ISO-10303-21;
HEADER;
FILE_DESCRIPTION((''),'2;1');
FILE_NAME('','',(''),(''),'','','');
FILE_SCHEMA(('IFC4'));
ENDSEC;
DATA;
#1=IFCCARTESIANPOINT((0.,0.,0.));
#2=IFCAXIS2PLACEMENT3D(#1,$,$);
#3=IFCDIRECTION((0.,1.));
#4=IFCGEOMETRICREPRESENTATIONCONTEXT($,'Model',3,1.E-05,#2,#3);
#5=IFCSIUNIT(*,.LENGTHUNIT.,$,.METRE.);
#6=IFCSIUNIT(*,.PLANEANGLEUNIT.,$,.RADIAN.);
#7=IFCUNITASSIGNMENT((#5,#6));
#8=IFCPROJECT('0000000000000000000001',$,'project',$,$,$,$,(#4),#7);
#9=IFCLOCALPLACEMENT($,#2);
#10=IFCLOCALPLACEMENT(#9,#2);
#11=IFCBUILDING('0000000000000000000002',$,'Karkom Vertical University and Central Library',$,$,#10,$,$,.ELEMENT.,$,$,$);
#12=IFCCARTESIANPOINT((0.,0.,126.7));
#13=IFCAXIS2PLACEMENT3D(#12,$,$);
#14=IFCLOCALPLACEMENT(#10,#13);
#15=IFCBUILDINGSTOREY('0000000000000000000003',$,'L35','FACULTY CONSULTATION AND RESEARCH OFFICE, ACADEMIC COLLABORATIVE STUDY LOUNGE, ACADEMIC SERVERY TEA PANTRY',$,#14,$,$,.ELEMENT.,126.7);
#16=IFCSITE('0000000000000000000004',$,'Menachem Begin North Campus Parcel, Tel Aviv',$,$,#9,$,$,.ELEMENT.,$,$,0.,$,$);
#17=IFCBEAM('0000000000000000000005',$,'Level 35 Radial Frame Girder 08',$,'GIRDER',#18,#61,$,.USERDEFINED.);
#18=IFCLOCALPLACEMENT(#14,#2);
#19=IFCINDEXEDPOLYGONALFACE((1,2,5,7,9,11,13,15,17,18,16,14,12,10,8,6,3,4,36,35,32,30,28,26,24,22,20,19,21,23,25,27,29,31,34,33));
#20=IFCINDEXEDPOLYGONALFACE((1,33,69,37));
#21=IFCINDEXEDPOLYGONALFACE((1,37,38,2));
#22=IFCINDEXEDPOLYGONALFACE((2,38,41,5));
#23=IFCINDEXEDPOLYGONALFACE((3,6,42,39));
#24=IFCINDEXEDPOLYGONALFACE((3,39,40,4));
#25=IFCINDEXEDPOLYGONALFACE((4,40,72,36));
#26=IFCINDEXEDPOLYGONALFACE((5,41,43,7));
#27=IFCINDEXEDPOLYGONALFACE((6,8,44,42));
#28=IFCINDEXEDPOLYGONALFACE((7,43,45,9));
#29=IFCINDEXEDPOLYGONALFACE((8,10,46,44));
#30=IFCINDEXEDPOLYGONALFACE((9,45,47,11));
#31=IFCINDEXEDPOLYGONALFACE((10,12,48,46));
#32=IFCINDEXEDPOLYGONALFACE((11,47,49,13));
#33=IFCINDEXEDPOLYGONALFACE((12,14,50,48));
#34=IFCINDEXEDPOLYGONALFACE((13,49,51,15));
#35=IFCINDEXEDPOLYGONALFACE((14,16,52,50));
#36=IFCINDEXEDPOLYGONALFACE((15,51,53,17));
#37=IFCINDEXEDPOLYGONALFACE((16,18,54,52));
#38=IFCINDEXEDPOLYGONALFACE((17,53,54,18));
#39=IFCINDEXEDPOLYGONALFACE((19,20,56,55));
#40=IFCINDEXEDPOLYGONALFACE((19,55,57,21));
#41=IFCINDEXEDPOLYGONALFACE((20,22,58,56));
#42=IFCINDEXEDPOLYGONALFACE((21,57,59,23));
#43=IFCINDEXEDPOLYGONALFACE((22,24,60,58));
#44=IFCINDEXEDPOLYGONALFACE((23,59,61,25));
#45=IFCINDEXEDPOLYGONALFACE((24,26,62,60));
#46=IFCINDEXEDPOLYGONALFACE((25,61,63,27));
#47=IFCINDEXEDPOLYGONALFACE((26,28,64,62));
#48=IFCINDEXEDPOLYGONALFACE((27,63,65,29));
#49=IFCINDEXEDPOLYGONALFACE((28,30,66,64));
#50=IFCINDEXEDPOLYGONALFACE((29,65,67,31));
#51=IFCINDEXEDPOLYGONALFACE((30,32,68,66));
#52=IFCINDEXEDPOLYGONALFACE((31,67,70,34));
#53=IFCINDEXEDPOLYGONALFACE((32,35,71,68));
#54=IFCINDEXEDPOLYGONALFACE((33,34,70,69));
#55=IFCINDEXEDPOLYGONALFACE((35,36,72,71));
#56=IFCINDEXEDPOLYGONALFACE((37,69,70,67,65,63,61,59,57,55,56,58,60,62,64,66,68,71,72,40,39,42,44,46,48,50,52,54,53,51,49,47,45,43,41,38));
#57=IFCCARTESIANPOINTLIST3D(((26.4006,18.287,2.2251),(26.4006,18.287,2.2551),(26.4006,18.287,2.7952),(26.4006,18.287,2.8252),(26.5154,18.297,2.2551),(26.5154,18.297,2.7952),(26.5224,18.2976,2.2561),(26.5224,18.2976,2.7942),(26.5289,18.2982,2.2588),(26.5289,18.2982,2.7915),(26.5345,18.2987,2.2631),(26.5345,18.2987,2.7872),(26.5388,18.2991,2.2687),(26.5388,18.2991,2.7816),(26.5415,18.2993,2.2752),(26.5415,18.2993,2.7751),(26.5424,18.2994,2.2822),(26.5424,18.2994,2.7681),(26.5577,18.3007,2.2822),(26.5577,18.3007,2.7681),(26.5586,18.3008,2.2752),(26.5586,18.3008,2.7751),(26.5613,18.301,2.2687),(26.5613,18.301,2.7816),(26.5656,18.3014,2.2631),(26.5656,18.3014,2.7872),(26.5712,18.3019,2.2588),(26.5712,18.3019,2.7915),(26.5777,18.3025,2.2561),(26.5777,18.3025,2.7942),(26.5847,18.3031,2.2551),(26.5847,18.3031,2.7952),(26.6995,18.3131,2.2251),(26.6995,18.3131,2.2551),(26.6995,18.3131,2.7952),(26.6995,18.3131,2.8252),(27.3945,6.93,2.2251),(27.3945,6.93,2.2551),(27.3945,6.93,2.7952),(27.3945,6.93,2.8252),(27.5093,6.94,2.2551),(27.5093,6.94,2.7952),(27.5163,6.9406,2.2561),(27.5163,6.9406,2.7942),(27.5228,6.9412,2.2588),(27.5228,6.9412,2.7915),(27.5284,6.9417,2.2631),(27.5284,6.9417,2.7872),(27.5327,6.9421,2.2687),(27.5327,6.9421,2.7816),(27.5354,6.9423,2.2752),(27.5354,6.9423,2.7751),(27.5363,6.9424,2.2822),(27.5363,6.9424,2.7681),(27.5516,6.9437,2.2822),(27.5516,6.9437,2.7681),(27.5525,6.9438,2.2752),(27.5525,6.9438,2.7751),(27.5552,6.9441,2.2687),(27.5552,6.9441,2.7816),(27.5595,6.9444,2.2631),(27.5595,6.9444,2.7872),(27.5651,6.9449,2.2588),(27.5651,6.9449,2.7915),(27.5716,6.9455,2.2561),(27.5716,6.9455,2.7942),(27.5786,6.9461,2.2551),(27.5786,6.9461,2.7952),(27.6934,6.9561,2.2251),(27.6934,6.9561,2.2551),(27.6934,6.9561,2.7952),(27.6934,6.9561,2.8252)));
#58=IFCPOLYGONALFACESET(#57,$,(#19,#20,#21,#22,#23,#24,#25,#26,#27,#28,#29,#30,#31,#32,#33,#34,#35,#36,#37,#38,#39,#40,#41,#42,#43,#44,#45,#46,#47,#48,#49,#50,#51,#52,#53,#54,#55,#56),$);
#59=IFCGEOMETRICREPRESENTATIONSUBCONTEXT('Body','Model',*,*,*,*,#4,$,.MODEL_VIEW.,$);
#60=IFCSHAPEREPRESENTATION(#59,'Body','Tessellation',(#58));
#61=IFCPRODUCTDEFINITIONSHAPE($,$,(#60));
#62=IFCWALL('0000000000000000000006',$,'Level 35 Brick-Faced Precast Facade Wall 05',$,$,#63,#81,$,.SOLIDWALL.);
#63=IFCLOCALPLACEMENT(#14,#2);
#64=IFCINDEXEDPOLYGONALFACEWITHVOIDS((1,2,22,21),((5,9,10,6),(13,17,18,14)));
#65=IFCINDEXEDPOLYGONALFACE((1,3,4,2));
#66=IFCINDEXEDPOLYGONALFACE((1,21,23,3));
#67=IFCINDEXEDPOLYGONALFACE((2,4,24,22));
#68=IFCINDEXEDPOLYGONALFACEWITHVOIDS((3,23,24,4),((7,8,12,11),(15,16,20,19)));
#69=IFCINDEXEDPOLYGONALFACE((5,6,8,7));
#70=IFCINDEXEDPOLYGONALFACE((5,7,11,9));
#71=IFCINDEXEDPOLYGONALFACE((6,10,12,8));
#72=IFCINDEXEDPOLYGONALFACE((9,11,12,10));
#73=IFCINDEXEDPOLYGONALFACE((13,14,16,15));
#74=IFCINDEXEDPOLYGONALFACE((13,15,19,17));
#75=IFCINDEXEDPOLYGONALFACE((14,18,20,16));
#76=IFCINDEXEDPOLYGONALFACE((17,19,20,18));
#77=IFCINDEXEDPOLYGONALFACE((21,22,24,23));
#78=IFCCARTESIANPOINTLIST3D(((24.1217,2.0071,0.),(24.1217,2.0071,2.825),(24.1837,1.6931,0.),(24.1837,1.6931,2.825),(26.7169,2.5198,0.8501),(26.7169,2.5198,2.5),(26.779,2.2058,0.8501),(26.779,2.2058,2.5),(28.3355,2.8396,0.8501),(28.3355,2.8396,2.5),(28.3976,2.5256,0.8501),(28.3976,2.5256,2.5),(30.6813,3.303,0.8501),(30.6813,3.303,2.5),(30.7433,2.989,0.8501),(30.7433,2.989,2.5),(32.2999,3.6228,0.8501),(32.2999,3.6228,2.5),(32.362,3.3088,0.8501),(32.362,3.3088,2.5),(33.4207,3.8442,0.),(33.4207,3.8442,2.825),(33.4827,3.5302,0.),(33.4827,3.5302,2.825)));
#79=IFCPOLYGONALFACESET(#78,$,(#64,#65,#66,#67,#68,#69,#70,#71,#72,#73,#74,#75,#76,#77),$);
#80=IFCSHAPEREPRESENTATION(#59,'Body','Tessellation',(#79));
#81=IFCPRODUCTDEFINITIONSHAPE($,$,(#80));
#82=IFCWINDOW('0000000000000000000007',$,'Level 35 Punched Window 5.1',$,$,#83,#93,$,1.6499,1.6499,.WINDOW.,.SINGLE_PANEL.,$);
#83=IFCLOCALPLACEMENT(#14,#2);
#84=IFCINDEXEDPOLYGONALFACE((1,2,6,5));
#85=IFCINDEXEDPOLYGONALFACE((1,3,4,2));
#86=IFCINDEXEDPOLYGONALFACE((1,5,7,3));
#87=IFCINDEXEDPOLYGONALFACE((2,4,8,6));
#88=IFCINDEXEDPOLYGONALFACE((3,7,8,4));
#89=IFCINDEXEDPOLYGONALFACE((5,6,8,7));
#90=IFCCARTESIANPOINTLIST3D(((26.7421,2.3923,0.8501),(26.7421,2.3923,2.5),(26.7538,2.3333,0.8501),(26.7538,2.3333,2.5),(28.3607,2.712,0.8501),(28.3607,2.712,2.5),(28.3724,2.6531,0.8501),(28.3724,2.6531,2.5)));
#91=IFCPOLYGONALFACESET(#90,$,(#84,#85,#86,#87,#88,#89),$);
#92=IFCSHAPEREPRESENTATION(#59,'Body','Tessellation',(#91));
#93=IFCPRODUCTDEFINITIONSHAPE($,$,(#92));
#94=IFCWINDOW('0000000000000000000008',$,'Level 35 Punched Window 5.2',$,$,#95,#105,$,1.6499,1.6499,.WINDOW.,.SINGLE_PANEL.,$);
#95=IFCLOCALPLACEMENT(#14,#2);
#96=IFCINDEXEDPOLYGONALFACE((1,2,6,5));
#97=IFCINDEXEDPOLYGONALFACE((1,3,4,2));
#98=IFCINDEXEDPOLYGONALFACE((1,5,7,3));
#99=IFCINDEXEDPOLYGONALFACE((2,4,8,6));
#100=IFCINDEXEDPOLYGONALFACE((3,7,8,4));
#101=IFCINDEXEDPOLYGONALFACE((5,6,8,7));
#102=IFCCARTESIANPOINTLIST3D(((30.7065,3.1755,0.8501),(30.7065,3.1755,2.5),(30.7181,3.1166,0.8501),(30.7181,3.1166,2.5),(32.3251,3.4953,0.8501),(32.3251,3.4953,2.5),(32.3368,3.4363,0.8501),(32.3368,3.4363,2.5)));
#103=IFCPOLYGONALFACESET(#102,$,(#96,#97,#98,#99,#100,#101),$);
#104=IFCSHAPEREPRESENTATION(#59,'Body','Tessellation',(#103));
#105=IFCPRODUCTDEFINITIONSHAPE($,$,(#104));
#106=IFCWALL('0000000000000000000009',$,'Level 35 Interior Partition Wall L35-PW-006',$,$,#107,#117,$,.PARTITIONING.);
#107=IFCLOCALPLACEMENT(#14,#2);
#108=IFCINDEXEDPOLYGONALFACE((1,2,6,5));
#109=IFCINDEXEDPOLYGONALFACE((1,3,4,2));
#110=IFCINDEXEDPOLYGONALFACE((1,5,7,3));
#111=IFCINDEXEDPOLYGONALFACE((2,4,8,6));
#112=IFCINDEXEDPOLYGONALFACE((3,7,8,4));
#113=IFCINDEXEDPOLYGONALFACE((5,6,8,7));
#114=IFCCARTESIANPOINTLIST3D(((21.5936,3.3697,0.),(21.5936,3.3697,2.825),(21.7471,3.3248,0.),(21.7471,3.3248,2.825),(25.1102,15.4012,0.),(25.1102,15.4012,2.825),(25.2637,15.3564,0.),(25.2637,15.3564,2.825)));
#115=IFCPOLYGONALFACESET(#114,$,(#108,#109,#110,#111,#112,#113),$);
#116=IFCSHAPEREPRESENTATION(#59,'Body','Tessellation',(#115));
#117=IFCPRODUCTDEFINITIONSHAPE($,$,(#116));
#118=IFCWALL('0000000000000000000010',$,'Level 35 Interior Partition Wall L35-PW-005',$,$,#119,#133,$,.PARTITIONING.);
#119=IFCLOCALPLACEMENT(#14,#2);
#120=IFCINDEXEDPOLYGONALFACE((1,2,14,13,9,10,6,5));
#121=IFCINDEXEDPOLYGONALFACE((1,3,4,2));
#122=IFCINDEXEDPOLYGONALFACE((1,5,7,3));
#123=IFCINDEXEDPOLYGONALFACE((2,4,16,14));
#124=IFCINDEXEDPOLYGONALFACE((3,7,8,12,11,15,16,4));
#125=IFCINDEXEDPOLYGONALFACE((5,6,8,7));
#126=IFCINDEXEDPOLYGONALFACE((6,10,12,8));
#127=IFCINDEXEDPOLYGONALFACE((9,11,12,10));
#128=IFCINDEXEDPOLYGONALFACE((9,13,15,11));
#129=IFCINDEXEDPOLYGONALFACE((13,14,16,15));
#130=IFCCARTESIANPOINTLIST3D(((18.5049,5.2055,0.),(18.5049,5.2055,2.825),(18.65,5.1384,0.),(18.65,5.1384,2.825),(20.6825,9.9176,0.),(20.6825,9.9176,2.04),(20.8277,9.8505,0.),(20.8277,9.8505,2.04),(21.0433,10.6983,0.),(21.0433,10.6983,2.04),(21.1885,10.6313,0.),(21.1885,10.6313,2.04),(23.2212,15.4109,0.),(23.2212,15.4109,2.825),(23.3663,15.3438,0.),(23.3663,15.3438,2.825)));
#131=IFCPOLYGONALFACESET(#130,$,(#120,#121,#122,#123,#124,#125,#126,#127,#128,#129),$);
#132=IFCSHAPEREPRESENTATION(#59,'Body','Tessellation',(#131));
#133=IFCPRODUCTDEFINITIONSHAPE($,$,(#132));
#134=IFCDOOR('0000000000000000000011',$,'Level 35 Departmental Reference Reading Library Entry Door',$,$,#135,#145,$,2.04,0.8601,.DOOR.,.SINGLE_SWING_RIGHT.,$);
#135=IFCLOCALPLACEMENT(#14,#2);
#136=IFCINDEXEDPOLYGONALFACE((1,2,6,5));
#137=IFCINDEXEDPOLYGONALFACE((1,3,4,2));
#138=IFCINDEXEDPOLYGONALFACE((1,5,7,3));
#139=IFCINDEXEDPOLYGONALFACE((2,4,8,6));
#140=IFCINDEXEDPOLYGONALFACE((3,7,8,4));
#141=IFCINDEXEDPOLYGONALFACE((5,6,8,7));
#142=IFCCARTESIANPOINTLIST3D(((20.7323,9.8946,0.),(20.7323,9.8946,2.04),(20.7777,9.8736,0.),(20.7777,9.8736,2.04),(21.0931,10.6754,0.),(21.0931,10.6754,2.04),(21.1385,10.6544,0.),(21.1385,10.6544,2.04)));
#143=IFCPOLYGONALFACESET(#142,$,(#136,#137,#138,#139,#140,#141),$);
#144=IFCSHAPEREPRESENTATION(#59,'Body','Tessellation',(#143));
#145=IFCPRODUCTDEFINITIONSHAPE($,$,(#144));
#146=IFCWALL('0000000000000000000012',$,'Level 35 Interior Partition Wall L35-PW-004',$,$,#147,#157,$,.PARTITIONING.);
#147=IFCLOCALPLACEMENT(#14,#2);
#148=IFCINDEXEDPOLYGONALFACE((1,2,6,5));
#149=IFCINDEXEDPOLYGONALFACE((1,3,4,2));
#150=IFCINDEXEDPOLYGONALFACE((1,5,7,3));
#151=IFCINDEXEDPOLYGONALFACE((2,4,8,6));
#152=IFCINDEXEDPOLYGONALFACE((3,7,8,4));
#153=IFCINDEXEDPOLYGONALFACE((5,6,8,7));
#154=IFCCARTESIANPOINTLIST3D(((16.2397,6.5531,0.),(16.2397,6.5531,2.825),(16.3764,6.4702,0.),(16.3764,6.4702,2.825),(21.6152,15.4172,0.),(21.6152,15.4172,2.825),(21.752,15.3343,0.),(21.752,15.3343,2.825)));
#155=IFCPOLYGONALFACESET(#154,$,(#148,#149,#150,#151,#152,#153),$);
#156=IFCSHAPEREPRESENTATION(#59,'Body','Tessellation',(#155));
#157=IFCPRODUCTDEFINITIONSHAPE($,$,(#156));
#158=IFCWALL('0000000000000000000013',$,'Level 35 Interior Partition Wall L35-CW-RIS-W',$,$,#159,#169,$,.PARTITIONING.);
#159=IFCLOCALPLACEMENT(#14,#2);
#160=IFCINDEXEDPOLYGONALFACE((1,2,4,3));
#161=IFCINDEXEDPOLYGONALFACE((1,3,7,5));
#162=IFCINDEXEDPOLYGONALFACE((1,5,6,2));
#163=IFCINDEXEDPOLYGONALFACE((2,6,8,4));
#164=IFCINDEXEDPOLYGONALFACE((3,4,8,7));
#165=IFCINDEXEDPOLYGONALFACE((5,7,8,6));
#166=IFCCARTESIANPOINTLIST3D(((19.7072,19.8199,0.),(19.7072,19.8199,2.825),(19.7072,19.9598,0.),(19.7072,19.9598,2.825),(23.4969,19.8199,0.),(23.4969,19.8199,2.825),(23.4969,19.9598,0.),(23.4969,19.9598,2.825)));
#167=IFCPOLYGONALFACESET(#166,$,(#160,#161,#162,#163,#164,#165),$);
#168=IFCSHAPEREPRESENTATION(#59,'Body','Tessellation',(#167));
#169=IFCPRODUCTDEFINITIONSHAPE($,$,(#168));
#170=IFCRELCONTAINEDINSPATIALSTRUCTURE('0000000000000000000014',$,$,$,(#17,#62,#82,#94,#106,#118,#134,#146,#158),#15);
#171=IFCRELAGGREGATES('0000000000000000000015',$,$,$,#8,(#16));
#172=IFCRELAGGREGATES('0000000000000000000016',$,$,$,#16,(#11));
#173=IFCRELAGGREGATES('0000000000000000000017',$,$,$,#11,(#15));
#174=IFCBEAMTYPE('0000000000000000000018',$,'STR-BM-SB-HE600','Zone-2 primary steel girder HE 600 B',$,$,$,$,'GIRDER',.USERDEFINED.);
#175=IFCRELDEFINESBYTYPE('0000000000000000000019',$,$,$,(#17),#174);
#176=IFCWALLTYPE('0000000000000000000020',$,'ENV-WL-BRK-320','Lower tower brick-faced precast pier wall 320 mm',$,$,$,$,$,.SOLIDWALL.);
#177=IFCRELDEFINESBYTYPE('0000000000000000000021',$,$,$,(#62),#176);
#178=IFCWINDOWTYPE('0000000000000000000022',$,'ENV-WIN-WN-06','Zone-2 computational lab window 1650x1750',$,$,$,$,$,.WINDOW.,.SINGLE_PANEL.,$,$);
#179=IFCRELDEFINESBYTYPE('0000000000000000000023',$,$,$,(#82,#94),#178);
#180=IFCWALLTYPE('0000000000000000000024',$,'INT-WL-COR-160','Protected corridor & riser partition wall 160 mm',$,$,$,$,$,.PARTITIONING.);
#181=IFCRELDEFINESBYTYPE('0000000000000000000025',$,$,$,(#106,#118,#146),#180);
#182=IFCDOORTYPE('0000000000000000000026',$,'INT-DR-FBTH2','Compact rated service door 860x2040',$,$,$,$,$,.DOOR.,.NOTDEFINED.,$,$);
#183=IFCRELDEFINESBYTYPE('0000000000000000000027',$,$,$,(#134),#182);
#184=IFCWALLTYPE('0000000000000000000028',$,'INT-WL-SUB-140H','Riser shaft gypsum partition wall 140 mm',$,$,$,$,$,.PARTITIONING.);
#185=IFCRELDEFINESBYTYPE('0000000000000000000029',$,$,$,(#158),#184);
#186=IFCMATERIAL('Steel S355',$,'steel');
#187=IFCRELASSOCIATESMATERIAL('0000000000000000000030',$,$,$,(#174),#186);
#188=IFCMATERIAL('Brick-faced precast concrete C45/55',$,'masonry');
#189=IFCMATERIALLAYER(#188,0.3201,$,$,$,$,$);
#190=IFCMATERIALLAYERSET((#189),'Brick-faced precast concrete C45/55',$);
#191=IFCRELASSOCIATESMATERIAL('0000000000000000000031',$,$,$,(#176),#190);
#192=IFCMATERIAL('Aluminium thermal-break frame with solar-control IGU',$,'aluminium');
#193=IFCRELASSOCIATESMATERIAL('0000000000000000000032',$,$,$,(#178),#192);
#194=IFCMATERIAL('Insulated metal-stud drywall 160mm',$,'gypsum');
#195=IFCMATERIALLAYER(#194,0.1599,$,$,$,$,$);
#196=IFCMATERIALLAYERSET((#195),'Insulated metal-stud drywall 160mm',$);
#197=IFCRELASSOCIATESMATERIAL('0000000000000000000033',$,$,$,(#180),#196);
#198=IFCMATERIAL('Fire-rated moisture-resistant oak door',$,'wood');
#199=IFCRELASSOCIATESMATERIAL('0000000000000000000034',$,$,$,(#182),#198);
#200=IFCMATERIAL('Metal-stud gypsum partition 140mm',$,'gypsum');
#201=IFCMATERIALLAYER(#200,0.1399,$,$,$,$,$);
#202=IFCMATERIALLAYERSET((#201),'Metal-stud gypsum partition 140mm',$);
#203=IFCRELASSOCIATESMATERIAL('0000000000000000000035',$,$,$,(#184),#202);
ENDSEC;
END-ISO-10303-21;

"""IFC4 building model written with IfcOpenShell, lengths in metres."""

from ifc_helpers import new_model, si_unit, direction, frame, frame_2d, origin, origin_with_axes, origin_2d, place, context, subcontext, project, spatial, rectangle, i_section, extrude, source, transform, mapped, material, layer, layer_set, material_profile, profile_set, type_object, element, fill, save


model = new_model("IFC4")

# Units and contexts
model_context = context("Model", 3, precision=1e-05, world=origin(), true_north=direction((0.0, 1.0)))
body_context = subcontext(model_context, "Body", "Model", "MODEL_VIEW")
ifc_project = project(units=[si_unit("LENGTHUNIT", "METRE"), si_unit("PLANEANGLEUNIT", "RADIAN")], contexts=[model_context])

# Site, building, storey
site_placement = place(None, origin())
site = spatial("IfcSite", under=ifc_project, at=site_placement, Name="Menachem Begin North Campus Parcel, Tel Aviv", CompositionType="ELEMENT", RefElevation=0.0)
building_placement = place(site_placement, origin())
building = spatial("IfcBuilding", under=site, at=building_placement, Name="Karkom Vertical University and Central Library", CompositionType="ELEMENT")
storey_placement = place(building_placement, frame((0.0, 0.0, 126.7)))
storey = spatial("IfcBuildingStorey", under=building, at=storey_placement, Name="L35", Description="FACULTY CONSULTATION AND RESEARCH OFFICE, ACADEMIC COLLABORATIVE STUDY LOUNGE, ACADEMIC SERVERY TEA PANTRY", CompositionType="ELEMENT", Elevation=126.7)

# Beam
ifc_material_1 = material(Name="Steel S355", Category="steel")
ifc_material_profile_1 = material_profile(ifc_material_1, i_section(OverallWidth=0.3, OverallDepth=0.6001, WebThickness=0.0154, FlangeThickness=0.03, FilletRadius=0.0271, at=origin_2d()), Name="HE 600 B")
ifc_profile_set_1 = profile_set([ifc_material_profile_1], Name="Steel S355")
beam_type_1 = type_object("IfcBeamType", Name="STR-BM-SB-HE600", Description="Zone-2 primary steel girder HE 600 B", ElementType="GIRDER", PredefinedType="USERDEFINED", material=ifc_profile_set_1)
shared_shape_1 = source(origin_with_axes(), body_context, "Body", "SweptSolid", [
    extrude(i_section(OverallWidth=0.3, OverallDepth=0.6001, WebThickness=0.0154, FlangeThickness=0.03, FilletRadius=0.0271, at=origin_2d()), origin(), (0.0, 0.0, 1.0), 11.4004),
])
beam_1_placement = place(storey_placement, frame((26.55, 18.3, 2.5251), z_axis=(0.087181, -0.996192, 0.0), x_axis=(0.996192, 0.087181, 0.0)))
element("IfcBeam", 1, at=beam_1_placement, inside=storey, type_object=beam_type_1, Name="Level 35 Radial Frame Girder 08", ObjectType="GIRDER", PredefinedType="USERDEFINED", context=body_context, shape_type="MappedRepresentation", body=[
    mapped(shared_shape_1, transform((0.0, 0.0, 0.0), scale=1.0)),
])

# Wall, openings, windows
ifc_material_2 = material(Name="Brick-faced precast concrete C45/55", Category="masonry")
ifc_layer_1 = layer(ifc_material_2, 0.3201)
ifc_layer_set_1 = layer_set([ifc_layer_1], Name="Brick-faced precast concrete C45/55")
wall_type_1 = type_object("IfcWallType", Name="ENV-WL-BRK-320", Description="Lower tower brick-faced precast pier wall 320 mm", PredefinedType="SOLIDWALL", material=ifc_layer_set_1)
wall_1_placement = place(storey_placement, frame((24.1528, 1.8501, 0.0), z_axis=(0.0, 0.0, 1.0), x_axis=(0.981038, 0.193817, 0.0)))
wall_1 = element("IfcWall", 2, at=wall_1_placement, inside=storey, type_object=wall_type_1, Name="Level 35 Brick-Faced Precast Facade Wall 05", PredefinedType="SOLIDWALL", context=body_context, shape_type="SweptSolid", body=[
    extrude(rectangle(XDim=9.4788, YDim=0.3201, at=frame_2d((4.7393, 0.0))), origin(), (0.0, 0.0, 1.0), 2.825),
])
opening_1_placement = place(wall_1_placement, frame((2.6453, 0.0, 0.8501)))
opening_1 = element("IfcOpeningElement", 3, at=opening_1_placement, cuts=wall_1, PredefinedType="OPENING", context=body_context, shape_type="SweptSolid", body=[
    extrude(rectangle(XDim=1.6499, YDim=1.6499, at=frame_2d((0.825, 0.825))), frame((0.0, 0.1699, 0.0), z_axis=(0.0, -1.0, 0.0), x_axis=(1.0, 0.0, 0.0)), (0.0, 0.0, 1.0), 0.3401),
])
opening_2_placement = place(wall_1_placement, frame((6.6863, 0.0, 0.8501)))
opening_2 = element("IfcOpeningElement", 4, at=opening_2_placement, cuts=wall_1, PredefinedType="OPENING", context=body_context, shape_type="SweptSolid", body=[
    extrude(rectangle(XDim=1.6499, YDim=1.6499, at=frame_2d((0.825, 0.825))), frame((0.0, 0.1699, 0.0), z_axis=(0.0, -1.0, 0.0), x_axis=(1.0, 0.0, 0.0)), (0.0, 0.0, 1.0), 0.3401),
])
ifc_material_3 = material(Name="Aluminium thermal-break frame with solar-control IGU", Category="aluminium")
window_type = type_object("IfcWindowType", Name="ENV-WIN-WN-06", Description="Zone-2 computational lab window 1650x1750", PartitioningType="SINGLE_PANEL", PredefinedType="WINDOW", material=ifc_material_3)
shared_shape_2 = source(origin_with_axes(), body_context, "Body", "SweptSolid", [
    extrude(rectangle(XDim=1.6499, YDim=1.6499, at=frame_2d((0.825, 0.825))), frame((0.0, 0.03, 0.0), z_axis=(0.0, -1.0, 0.0), x_axis=(1.0, 0.0, 0.0)), (0.0, 0.0, 1.0), 0.0601),
])
window_1_placement = place(opening_1_placement, origin())
window_1 = element("IfcWindow", 5, at=window_1_placement, inside=storey, type_object=window_type, Name="Level 35 Punched Window 5.1", OverallHeight=1.6499, OverallWidth=1.6499, PartitioningType="SINGLE_PANEL", PredefinedType="WINDOW", context=body_context, shape_type="MappedRepresentation", body=[
    mapped(shared_shape_2, transform((0.0, 0.0, 0.0), scale=1.0)),
])
fill(opening_1, window_1)
window_2_placement = place(opening_2_placement, origin())
window_2 = element("IfcWindow", 6, at=window_2_placement, inside=storey, type_object=window_type, Name="Level 35 Punched Window 5.2", OverallHeight=1.6499, OverallWidth=1.6499, PartitioningType="SINGLE_PANEL", PredefinedType="WINDOW", context=body_context, shape_type="MappedRepresentation", body=[
    mapped(shared_shape_2, transform((0.0, 0.0, 0.0), scale=1.0)),
])
fill(opening_2, window_2)

# Wall
ifc_material_4 = material(Name="Insulated metal-stud drywall 160mm", Category="gypsum")
ifc_layer_2 = layer(ifc_material_4, 0.1599)
ifc_layer_set_2 = layer_set([ifc_layer_2], Name="Insulated metal-stud drywall 160mm")
wall_type_2 = type_object("IfcWallType", Name="INT-WL-COR-160", Description="Protected corridor & riser partition wall 160 mm", PredefinedType="PARTITIONING", material=ifc_layer_set_2)
wall_2_placement = place(storey_placement, frame((25.187, 15.3789, 0.0), z_axis=(0.0, 0.0, 1.0), x_axis=(-0.280545, -0.959841, 0.0)))
element("IfcWall", 7, at=wall_2_placement, inside=storey, type_object=wall_type_2, Name="Level 35 Interior Partition Wall L35-PW-006", PredefinedType="PARTITIONING", context=body_context, shape_type="SweptSolid", body=[
    extrude(rectangle(XDim=12.5349, YDim=0.1599, at=frame_2d((6.2676, 0.0))), origin(), (0.0, 0.0, 1.0), 2.825),
])

# Wall, opening, door
wall_3_placement = place(storey_placement, frame((23.2937, 15.3772, 0.0), z_axis=(0.0, 0.0, 1.0), x_axis=(-0.41951, -0.907751, 0.0)))
wall_3 = element("IfcWall", 8, at=wall_3_placement, inside=storey, type_object=wall_type_2, Name="Level 35 Interior Partition Wall L35-PW-005", PredefinedType="PARTITIONING", context=body_context, shape_type="SweptSolid", body=[
    extrude(rectangle(XDim=11.2424, YDim=0.1599, at=frame_2d((5.6211, 0.0))), origin(), (0.0, 0.0, 1.0), 2.825),
])
opening_3_placement = place(wall_3_placement, frame((5.1912, 0.0, 0.0)))
opening_3 = element("IfcOpeningElement", 9, at=opening_3_placement, cuts=wall_3, PredefinedType="OPENING", context=body_context, shape_type="SweptSolid", body=[
    extrude(rectangle(XDim=0.8601, YDim=2.04, at=frame_2d((0.4302, 1.02))), frame((0.0, 0.0898, 0.0), z_axis=(0.0, -1.0, 0.0), x_axis=(1.0, 0.0, 0.0)), (0.0, 0.0, 1.0), 0.1799),
])
ifc_material_5 = material(Name="Fire-rated moisture-resistant oak door", Category="wood")
door_type_1 = type_object("IfcDoorType", Name="INT-DR-FBTH2", Description="Compact rated service door 860x2040", OperationType="NOTDEFINED", PredefinedType="DOOR", material=ifc_material_5)
shared_shape_3 = source(origin_with_axes(), body_context, "Body", "SweptSolid", [
    extrude(rectangle(XDim=0.8601, YDim=2.04, at=frame_2d((0.4302, 1.02))), frame((0.0, 0.0249, 0.0), z_axis=(0.0, -1.0, 0.0), x_axis=(1.0, 0.0, 0.0)), (0.0, 0.0, 1.0), 0.05),
])
door_1_placement = place(opening_3_placement, origin())
door_1 = element("IfcDoor", 10, at=door_1_placement, inside=storey, type_object=door_type_1, Name="Level 35 Departmental Reference Reading Library Entry Door", OperationType="SINGLE_SWING_RIGHT", OverallHeight=2.04, OverallWidth=0.8601, PredefinedType="DOOR", context=body_context, shape_type="MappedRepresentation", body=[
    mapped(shared_shape_3, transform((0.0, 0.0, 0.0), scale=1.0)),
])
fill(opening_3, door_1)

# Walls
wall_4_placement = place(storey_placement, frame((21.6836, 15.3757, 0.0), z_axis=(0.0, 0.0, 1.0), x_axis=(-0.518539, -0.855054, 0.0)))
element("IfcWall", 11, at=wall_4_placement, inside=storey, type_object=wall_type_2, Name="Level 35 Interior Partition Wall L35-PW-004", PredefinedType="PARTITIONING", context=body_context, shape_type="SweptSolid", body=[
    extrude(rectangle(XDim=10.3667, YDim=0.1599, at=frame_2d((5.1833, 0.0))), origin(), (0.0, 0.0, 1.0), 2.825),
])
ifc_material_6 = material(Name="Metal-stud gypsum partition 140mm", Category="gypsum")
ifc_layer_3 = layer(ifc_material_6, 0.1399)
ifc_layer_set_3 = layer_set([ifc_layer_3], Name="Metal-stud gypsum partition 140mm")
wall_type_3 = type_object("IfcWallType", Name="INT-WL-SUB-140H", Description="Riser shaft gypsum partition wall 140 mm", PredefinedType="PARTITIONING", material=ifc_layer_set_3)
wall_5_placement = place(storey_placement, frame((19.707, 19.8899, 0.0), z_axis=(0.0, 0.0, 1.0), x_axis=(1.0, 0.0, 0.0)))
element("IfcWall", 12, at=wall_5_placement, inside=storey, type_object=wall_type_3, Name="Level 35 Interior Partition Wall L35-CW-RIS-W", PredefinedType="PARTITIONING", context=body_context, shape_type="SweptSolid", body=[
    extrude(rectangle(XDim=3.7898, YDim=0.1399, at=frame_2d((1.895, 0.0))), origin(), (0.0, 0.0, 1.0), 2.825),
])

save(model, "model.ifc")
